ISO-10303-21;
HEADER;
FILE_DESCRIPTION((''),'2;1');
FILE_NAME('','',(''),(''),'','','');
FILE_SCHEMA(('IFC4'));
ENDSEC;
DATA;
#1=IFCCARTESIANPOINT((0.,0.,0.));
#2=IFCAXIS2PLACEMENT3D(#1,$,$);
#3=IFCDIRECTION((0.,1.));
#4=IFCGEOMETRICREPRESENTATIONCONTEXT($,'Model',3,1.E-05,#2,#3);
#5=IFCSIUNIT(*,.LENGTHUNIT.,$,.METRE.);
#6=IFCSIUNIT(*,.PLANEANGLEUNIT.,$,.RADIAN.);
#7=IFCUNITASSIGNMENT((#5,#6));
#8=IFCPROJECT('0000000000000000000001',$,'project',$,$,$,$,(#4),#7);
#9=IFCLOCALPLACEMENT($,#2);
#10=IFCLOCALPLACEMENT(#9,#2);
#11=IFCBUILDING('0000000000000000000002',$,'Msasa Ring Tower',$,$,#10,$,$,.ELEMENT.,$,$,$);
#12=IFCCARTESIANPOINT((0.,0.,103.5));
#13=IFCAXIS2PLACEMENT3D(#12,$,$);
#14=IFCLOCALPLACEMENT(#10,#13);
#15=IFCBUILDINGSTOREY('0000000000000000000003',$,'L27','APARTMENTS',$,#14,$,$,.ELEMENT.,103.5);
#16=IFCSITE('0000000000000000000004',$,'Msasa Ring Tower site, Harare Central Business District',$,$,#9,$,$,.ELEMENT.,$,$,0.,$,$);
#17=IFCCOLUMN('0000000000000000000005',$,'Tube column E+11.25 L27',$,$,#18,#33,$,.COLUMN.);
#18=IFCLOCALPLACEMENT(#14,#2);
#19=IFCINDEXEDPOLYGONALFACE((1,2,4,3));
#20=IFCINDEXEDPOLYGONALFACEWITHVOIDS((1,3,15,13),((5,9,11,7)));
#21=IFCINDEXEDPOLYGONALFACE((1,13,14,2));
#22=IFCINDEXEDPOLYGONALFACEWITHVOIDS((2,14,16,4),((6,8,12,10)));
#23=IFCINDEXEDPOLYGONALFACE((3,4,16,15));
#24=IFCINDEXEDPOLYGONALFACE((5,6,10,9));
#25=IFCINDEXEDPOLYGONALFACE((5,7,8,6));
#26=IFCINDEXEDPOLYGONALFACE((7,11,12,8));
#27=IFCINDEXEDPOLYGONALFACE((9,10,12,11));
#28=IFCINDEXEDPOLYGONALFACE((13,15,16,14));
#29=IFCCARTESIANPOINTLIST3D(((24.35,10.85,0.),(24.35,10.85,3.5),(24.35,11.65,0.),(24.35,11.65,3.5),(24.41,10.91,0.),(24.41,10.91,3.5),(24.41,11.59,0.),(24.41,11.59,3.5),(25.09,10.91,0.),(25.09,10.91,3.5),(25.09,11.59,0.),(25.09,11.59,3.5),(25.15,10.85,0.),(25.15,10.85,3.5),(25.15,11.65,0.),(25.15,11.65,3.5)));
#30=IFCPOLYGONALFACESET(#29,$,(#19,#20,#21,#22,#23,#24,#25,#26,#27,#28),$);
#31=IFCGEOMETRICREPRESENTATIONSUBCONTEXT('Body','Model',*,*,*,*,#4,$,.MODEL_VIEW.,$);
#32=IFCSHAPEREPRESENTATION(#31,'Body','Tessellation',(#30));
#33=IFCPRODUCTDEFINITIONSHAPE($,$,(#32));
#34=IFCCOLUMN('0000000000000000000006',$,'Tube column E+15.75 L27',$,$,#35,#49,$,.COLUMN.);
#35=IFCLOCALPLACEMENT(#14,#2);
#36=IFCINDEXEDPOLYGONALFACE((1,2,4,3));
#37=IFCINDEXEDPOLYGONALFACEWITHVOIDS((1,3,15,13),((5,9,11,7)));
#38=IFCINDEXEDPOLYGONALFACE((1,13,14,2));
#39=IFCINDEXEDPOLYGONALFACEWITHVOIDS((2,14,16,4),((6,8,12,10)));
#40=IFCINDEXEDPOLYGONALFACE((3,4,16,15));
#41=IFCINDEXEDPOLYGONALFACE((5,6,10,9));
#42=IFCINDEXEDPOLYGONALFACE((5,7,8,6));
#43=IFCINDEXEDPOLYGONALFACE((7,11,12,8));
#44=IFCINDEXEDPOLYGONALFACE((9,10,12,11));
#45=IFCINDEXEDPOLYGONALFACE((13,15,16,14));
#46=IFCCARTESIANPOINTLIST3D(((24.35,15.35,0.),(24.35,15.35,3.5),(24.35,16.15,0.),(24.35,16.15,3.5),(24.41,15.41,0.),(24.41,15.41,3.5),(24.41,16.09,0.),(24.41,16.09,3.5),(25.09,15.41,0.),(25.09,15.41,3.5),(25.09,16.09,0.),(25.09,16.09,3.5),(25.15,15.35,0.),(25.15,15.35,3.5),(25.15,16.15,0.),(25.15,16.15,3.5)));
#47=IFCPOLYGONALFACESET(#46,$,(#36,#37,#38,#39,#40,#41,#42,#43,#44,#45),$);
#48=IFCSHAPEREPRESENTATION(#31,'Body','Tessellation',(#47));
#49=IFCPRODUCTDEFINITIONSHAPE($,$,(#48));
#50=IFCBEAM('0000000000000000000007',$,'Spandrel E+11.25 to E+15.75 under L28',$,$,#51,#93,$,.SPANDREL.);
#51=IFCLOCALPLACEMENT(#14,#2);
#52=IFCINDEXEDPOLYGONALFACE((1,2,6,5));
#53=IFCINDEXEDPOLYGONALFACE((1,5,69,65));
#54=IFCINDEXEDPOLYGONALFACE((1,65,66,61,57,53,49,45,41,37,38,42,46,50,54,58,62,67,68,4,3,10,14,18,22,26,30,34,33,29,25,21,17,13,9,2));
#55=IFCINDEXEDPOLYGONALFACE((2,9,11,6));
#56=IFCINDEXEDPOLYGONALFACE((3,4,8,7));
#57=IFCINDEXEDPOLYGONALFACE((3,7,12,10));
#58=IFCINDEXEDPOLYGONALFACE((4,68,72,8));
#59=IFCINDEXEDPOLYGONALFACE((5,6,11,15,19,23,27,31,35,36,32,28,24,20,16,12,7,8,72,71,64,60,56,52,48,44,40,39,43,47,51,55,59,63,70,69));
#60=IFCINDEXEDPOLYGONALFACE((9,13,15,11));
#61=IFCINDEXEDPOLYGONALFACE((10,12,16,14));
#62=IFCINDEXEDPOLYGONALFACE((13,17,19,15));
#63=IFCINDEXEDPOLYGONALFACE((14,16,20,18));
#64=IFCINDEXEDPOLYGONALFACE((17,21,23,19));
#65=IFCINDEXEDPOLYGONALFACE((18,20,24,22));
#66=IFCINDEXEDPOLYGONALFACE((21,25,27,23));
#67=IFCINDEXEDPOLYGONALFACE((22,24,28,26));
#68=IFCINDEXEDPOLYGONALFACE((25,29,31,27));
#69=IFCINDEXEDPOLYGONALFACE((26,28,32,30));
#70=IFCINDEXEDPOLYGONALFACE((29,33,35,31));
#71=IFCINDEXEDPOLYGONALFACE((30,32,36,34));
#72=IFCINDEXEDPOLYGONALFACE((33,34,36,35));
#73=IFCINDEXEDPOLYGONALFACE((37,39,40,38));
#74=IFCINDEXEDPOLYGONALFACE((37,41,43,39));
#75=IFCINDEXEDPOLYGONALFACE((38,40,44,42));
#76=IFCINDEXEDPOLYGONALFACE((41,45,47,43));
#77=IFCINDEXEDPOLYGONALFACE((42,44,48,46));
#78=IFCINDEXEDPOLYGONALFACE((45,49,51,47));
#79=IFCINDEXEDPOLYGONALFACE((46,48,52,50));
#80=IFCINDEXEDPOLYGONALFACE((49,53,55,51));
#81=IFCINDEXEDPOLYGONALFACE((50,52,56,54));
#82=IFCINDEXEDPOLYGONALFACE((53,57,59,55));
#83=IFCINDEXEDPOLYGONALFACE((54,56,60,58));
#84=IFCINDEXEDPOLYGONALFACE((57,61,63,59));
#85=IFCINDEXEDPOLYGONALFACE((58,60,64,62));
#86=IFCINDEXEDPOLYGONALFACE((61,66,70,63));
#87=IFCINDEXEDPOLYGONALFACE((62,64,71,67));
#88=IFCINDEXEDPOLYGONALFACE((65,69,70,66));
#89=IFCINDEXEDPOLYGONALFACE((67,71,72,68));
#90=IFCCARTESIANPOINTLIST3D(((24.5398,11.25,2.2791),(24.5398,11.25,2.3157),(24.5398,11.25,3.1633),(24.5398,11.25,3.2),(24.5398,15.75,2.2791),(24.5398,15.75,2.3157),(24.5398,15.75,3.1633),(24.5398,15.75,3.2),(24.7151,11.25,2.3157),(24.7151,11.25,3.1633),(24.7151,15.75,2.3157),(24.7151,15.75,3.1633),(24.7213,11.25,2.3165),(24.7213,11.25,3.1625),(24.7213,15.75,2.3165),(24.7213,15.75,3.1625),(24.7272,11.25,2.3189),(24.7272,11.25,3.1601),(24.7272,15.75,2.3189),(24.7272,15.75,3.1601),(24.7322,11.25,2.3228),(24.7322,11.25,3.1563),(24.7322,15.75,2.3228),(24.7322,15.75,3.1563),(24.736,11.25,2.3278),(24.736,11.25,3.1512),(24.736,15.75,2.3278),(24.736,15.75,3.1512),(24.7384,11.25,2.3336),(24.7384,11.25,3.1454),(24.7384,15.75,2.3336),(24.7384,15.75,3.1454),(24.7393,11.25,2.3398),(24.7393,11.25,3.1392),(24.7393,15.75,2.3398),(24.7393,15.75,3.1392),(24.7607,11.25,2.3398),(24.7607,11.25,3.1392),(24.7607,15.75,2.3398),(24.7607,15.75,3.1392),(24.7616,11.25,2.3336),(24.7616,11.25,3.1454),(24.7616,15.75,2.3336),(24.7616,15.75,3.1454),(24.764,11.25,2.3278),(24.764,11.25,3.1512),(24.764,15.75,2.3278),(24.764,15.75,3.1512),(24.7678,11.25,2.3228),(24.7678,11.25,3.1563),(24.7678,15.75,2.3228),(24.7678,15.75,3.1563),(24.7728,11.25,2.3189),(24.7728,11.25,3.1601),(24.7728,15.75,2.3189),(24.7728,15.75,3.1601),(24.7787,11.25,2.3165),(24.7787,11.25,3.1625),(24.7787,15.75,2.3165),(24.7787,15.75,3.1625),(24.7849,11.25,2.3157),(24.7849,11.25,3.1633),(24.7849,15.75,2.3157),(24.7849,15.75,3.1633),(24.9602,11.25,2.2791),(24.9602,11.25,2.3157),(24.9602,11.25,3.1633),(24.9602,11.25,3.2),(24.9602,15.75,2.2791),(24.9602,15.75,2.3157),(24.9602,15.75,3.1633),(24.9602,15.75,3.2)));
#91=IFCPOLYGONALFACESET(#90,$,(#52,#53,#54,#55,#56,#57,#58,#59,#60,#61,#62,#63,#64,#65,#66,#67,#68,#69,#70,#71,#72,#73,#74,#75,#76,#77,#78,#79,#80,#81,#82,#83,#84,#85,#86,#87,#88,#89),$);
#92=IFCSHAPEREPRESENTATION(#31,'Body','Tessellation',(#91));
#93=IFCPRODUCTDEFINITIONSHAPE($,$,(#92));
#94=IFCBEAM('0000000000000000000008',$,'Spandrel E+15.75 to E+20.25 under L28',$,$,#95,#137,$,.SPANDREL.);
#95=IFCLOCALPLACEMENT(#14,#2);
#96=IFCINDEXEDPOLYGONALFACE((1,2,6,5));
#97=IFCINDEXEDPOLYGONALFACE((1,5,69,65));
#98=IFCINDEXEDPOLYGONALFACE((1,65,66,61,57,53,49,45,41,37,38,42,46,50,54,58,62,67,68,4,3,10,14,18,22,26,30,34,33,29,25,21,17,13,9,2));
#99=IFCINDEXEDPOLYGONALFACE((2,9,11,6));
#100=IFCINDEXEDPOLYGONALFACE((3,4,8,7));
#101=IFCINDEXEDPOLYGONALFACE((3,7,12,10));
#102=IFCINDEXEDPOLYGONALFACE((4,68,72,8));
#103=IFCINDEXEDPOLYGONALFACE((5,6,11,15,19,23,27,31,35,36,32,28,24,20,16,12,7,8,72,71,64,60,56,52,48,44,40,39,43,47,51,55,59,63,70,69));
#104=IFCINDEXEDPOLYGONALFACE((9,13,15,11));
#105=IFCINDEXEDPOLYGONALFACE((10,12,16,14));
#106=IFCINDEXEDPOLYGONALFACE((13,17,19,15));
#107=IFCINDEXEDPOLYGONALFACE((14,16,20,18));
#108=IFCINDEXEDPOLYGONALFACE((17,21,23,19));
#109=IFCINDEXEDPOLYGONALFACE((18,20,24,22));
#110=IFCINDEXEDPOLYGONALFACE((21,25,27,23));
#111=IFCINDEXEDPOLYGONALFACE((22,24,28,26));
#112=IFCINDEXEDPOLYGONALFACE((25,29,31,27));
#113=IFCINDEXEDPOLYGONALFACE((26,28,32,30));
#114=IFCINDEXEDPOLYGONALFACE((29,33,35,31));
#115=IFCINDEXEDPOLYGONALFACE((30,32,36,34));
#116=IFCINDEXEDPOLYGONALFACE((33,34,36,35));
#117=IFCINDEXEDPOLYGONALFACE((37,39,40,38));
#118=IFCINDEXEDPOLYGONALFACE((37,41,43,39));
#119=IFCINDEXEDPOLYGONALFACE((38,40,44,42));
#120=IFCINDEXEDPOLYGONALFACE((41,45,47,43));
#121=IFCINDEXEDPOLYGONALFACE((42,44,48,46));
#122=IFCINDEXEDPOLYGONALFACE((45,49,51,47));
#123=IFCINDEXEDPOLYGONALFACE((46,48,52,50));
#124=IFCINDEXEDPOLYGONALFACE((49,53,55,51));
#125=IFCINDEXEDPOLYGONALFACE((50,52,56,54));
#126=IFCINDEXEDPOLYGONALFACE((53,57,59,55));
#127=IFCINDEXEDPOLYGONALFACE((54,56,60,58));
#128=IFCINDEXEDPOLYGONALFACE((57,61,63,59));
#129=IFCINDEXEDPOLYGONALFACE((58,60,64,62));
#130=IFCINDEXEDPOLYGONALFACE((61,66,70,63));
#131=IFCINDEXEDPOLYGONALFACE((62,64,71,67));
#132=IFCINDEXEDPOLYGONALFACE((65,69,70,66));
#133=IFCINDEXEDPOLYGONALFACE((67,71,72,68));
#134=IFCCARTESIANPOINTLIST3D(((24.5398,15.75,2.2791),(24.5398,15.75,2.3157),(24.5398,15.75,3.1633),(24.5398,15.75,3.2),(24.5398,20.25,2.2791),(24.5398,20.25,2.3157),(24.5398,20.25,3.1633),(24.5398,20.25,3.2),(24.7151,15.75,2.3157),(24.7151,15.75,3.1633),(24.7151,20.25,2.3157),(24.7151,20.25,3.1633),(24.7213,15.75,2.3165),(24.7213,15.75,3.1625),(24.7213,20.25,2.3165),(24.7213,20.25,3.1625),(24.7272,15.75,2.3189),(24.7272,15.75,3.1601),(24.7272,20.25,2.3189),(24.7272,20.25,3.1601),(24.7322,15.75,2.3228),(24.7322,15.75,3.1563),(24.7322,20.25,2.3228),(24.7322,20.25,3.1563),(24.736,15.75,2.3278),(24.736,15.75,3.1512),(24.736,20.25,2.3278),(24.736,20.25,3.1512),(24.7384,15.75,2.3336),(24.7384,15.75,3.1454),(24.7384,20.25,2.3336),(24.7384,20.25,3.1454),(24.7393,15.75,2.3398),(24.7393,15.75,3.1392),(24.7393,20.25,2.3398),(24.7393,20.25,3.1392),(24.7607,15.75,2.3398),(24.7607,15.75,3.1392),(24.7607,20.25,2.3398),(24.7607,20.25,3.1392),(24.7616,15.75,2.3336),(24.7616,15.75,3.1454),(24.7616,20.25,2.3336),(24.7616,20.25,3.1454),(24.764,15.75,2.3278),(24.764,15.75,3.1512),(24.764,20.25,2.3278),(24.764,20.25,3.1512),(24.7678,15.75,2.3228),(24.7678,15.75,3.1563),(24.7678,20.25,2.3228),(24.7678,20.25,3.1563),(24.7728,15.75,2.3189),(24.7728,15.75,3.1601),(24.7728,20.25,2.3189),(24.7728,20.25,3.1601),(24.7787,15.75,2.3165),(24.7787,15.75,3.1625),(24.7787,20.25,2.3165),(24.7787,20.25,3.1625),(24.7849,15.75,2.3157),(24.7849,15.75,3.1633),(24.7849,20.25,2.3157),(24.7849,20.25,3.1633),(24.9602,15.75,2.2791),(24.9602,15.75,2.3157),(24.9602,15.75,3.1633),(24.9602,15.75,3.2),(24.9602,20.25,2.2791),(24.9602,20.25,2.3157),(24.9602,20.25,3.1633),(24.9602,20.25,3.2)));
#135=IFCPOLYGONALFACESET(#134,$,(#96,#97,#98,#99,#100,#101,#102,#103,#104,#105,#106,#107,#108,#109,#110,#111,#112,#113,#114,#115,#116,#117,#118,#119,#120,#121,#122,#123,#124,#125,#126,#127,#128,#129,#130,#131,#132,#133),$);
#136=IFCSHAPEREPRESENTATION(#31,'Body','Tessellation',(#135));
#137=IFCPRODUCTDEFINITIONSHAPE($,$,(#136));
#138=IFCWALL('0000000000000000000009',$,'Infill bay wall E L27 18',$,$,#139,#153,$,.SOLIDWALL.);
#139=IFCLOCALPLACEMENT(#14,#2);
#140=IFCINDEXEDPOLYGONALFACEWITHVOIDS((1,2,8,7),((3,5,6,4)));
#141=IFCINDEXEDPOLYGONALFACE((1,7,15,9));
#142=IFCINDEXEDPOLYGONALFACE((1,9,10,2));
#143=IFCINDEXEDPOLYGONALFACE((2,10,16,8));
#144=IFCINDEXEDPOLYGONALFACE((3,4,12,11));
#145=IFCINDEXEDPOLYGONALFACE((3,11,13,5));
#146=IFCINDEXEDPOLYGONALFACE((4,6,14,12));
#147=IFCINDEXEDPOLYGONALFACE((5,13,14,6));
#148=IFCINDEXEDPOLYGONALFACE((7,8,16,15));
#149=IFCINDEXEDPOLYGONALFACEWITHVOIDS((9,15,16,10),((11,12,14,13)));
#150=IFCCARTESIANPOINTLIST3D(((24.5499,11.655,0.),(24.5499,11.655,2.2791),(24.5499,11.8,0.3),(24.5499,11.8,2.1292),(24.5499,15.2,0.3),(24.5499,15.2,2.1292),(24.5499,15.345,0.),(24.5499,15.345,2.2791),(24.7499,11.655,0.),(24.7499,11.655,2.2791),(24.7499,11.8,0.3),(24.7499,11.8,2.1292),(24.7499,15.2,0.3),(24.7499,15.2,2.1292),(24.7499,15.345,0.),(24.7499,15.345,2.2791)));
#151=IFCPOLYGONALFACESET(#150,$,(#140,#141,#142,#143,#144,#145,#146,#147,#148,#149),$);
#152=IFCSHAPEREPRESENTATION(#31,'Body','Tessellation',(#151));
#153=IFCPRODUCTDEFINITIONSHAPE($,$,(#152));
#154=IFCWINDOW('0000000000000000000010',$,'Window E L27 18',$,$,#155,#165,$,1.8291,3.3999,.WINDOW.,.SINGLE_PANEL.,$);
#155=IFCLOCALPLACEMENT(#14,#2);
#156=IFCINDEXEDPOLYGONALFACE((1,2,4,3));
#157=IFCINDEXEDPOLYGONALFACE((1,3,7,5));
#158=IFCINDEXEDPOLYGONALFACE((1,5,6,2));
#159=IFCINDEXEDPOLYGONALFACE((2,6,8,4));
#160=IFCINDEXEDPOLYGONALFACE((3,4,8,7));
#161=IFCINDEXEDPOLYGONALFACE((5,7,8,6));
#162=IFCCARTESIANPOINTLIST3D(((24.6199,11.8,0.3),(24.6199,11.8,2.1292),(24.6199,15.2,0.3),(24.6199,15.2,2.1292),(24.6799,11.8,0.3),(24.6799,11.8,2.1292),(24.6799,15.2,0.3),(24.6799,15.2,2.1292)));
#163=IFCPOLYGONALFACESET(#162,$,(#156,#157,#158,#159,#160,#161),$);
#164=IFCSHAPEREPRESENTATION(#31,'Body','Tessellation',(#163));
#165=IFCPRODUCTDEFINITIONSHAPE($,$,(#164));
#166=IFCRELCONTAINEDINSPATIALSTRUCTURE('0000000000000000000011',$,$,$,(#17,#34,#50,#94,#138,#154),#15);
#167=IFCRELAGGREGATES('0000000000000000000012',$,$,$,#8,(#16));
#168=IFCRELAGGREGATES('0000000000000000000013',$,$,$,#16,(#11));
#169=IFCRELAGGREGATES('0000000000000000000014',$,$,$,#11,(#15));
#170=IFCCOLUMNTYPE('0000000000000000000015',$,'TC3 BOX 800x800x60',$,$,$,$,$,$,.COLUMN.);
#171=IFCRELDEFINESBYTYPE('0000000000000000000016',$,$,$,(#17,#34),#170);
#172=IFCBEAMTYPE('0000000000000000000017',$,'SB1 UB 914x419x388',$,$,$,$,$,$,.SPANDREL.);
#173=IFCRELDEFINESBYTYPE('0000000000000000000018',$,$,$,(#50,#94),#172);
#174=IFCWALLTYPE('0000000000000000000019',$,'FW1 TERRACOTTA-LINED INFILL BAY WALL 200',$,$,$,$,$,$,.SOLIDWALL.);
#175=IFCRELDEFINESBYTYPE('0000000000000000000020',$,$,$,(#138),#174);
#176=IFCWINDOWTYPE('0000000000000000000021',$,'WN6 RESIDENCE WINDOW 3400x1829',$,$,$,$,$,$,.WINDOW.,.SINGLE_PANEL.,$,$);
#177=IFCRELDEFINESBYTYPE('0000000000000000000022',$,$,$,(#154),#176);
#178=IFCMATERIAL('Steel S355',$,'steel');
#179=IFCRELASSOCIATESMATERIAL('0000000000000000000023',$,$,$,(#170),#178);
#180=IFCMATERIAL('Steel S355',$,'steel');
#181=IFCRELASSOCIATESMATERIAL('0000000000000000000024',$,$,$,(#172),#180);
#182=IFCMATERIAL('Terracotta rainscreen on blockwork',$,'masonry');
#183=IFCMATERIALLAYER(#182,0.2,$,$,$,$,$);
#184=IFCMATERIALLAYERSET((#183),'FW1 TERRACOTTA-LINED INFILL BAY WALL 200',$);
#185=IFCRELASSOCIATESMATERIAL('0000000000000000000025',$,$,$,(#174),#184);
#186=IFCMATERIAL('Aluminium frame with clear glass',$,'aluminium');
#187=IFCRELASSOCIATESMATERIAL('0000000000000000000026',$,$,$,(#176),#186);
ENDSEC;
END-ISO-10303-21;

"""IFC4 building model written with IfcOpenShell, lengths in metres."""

from ifc_helpers import new_model, si_unit, direction, frame, frame_2d, origin, origin_2d, place, context, subcontext, project, spatial, rectangle, hollow_rectangle, i_section, extrude, material, layer, layer_set, material_profile, profile_set, type_object, element, fill, save


model = new_model("IFC4")

# Units and contexts
model_context = context("Model", 3, precision=1e-05, world=origin(), true_north=direction((0.0, 1.0)))
body_context = subcontext(model_context, "Body", "Model", "MODEL_VIEW")
ifc_project = project(units=[si_unit("LENGTHUNIT", "METRE"), si_unit("PLANEANGLEUNIT", "RADIAN")], contexts=[model_context])

# Site, building, storey
site_placement = place(None, origin())
site = spatial("IfcSite", under=ifc_project, at=site_placement, Name="Msasa Ring Tower site, Harare Central Business District", CompositionType="ELEMENT", RefElevation=0.0)
building_placement = place(site_placement, origin())
building = spatial("IfcBuilding", under=site, at=building_placement, Name="Msasa Ring Tower", CompositionType="ELEMENT")
storey_placement = place(building_placement, frame((0.0, 0.0, 103.5)))
storey = spatial("IfcBuildingStorey", under=building, at=storey_placement, Name="L27", Description="APARTMENTS", CompositionType="ELEMENT", Elevation=103.5)

# Columns
ifc_material_1 = material(Name="Steel S355", Category="steel")
ifc_material_profile_1 = material_profile(ifc_material_1, hollow_rectangle(XDim=0.8, YDim=0.8, WallThickness=0.0601, at=origin_2d()), Name="BOX 800x800x60")
ifc_profile_set_1 = profile_set([ifc_material_profile_1], Name="Steel S355")
column_type = type_object("IfcColumnType", Name="TC3 BOX 800x800x60", PredefinedType="COLUMN", material=ifc_profile_set_1)
for number, where, z_axis, x_axis, name in (
    (1, (24.75, 11.25, 0.0), (0.0, 0.0, 1.0), (1.0, 0.0, 0.0), "Tube column E+11.25 L27"),
    (2, (24.75, 15.75, 0.0), (0.0, 0.0, 1.0), (1.0, 0.0, 0.0), "Tube column E+15.75 L27"),
):
    element("IfcColumn", number, at=place(storey_placement, frame(where, z_axis=z_axis, x_axis=x_axis)), inside=storey, type_object=column_type, Name=name, PredefinedType="COLUMN", context=body_context, shape_type="SweptSolid", body=[
        extrude(hollow_rectangle(XDim=0.8, YDim=0.8, WallThickness=0.0601, at=origin_2d()), origin(), (0.0, 0.0, 1.0), 3.5),
    ])

# Beams
ifc_material_2 = material(Name="Steel S355", Category="steel")
ifc_material_profile_2 = material_profile(ifc_material_2, i_section(OverallWidth=0.4204, OverallDepth=0.9209, WebThickness=0.0215, FlangeThickness=0.0366, FilletRadius=0.0242, at=origin_2d()), Name="UB 914x419x388")
ifc_profile_set_2 = profile_set([ifc_material_profile_2], Name="Steel S355")
beam_type = type_object("IfcBeamType", Name="SB1 UB 914x419x388", PredefinedType="SPANDREL", material=ifc_profile_set_2)
for number, where, z_axis, x_axis, name in (
    (3, (24.75, 11.25, 2.7395), (0.0, 1.0, 0.0), (-1.0, 0.0, 0.0), "Spandrel E+11.25 to E+15.75 under L28"),
    (4, (24.75, 15.75, 2.7395), (0.0, 1.0, 0.0), (-1.0, 0.0, 0.0), "Spandrel E+15.75 to E+20.25 under L28"),
):
    element("IfcBeam", number, at=place(storey_placement, frame(where, z_axis=z_axis, x_axis=x_axis)), inside=storey, type_object=beam_type, Name=name, PredefinedType="SPANDREL", context=body_context, shape_type="SweptSolid", body=[
        extrude(i_section(OverallWidth=0.4204, OverallDepth=0.9209, WebThickness=0.0215, FlangeThickness=0.0366, FilletRadius=0.0242, at=origin_2d()), origin(), (0.0, 0.0, 1.0), 4.5),
    ])

# Wall, opening, window
ifc_material_3 = material(Name="Terracotta rainscreen on blockwork", Category="masonry")
ifc_layer_1 = layer(ifc_material_3, 0.2)
ifc_layer_set_1 = layer_set([ifc_layer_1], Name="FW1 TERRACOTTA-LINED INFILL BAY WALL 200")
wall_type_1 = type_object("IfcWallType", Name="FW1 TERRACOTTA-LINED INFILL BAY WALL 200", PredefinedType="SOLIDWALL", material=ifc_layer_set_1)
wall_1_placement = place(storey_placement, frame((24.6499, 11.655, 0.0), z_axis=(0.0, 0.0, 1.0), x_axis=(0.0, 1.0, 0.0)))
wall_1 = element("IfcWall", 5, at=wall_1_placement, inside=storey, type_object=wall_type_1, Name="Infill bay wall E L27 18", PredefinedType="SOLIDWALL", context=body_context, shape_type="SweptSolid", body=[
    extrude(rectangle(XDim=3.6899, YDim=0.2, at=frame_2d((1.845, 0.0))), origin(), (0.0, 0.0, 1.0), 2.2791),
])
opening_1_placement = place(wall_1_placement, frame((0.145, 0.0, 0.3)))
opening_1 = element("IfcOpeningElement", 6, at=opening_1_placement, cuts=wall_1, PredefinedType="OPENING", context=body_context, shape_type="SweptSolid", body=[
    extrude(rectangle(XDim=3.3999, YDim=1.8291, at=frame_2d((1.7, 0.9146))), frame((0.0, 0.1099, 0.0), z_axis=(0.0, -1.0, 0.0), x_axis=(1.0, 0.0, 0.0)), (0.0, 0.0, 1.0), 0.22),
])
ifc_material_4 = material(Name="Aluminium frame with clear glass", Category="aluminium")
window_type = type_object("IfcWindowType", Name="WN6 RESIDENCE WINDOW 3400x1829", PartitioningType="SINGLE_PANEL", PredefinedType="WINDOW", material=ifc_material_4)
window_1_placement = place(opening_1_placement, origin())
window_1 = element("IfcWindow", 7, at=window_1_placement, inside=storey, type_object=window_type, Name="Window E L27 18", OverallHeight=1.8291, OverallWidth=3.3999, PartitioningType="SINGLE_PANEL", PredefinedType="WINDOW", context=body_context, shape_type="SweptSolid", body=[
    extrude(rectangle(XDim=3.3999, YDim=1.8291, at=frame_2d((1.7, 0.9146))), frame((0.0, 0.03, 0.0), z_axis=(0.0, -1.0, 0.0), x_axis=(1.0, 0.0, 0.0)), (0.0, 0.0, 1.0), 0.0601),
])
fill(opening_1, window_1)

save(model, "model.ifc")
